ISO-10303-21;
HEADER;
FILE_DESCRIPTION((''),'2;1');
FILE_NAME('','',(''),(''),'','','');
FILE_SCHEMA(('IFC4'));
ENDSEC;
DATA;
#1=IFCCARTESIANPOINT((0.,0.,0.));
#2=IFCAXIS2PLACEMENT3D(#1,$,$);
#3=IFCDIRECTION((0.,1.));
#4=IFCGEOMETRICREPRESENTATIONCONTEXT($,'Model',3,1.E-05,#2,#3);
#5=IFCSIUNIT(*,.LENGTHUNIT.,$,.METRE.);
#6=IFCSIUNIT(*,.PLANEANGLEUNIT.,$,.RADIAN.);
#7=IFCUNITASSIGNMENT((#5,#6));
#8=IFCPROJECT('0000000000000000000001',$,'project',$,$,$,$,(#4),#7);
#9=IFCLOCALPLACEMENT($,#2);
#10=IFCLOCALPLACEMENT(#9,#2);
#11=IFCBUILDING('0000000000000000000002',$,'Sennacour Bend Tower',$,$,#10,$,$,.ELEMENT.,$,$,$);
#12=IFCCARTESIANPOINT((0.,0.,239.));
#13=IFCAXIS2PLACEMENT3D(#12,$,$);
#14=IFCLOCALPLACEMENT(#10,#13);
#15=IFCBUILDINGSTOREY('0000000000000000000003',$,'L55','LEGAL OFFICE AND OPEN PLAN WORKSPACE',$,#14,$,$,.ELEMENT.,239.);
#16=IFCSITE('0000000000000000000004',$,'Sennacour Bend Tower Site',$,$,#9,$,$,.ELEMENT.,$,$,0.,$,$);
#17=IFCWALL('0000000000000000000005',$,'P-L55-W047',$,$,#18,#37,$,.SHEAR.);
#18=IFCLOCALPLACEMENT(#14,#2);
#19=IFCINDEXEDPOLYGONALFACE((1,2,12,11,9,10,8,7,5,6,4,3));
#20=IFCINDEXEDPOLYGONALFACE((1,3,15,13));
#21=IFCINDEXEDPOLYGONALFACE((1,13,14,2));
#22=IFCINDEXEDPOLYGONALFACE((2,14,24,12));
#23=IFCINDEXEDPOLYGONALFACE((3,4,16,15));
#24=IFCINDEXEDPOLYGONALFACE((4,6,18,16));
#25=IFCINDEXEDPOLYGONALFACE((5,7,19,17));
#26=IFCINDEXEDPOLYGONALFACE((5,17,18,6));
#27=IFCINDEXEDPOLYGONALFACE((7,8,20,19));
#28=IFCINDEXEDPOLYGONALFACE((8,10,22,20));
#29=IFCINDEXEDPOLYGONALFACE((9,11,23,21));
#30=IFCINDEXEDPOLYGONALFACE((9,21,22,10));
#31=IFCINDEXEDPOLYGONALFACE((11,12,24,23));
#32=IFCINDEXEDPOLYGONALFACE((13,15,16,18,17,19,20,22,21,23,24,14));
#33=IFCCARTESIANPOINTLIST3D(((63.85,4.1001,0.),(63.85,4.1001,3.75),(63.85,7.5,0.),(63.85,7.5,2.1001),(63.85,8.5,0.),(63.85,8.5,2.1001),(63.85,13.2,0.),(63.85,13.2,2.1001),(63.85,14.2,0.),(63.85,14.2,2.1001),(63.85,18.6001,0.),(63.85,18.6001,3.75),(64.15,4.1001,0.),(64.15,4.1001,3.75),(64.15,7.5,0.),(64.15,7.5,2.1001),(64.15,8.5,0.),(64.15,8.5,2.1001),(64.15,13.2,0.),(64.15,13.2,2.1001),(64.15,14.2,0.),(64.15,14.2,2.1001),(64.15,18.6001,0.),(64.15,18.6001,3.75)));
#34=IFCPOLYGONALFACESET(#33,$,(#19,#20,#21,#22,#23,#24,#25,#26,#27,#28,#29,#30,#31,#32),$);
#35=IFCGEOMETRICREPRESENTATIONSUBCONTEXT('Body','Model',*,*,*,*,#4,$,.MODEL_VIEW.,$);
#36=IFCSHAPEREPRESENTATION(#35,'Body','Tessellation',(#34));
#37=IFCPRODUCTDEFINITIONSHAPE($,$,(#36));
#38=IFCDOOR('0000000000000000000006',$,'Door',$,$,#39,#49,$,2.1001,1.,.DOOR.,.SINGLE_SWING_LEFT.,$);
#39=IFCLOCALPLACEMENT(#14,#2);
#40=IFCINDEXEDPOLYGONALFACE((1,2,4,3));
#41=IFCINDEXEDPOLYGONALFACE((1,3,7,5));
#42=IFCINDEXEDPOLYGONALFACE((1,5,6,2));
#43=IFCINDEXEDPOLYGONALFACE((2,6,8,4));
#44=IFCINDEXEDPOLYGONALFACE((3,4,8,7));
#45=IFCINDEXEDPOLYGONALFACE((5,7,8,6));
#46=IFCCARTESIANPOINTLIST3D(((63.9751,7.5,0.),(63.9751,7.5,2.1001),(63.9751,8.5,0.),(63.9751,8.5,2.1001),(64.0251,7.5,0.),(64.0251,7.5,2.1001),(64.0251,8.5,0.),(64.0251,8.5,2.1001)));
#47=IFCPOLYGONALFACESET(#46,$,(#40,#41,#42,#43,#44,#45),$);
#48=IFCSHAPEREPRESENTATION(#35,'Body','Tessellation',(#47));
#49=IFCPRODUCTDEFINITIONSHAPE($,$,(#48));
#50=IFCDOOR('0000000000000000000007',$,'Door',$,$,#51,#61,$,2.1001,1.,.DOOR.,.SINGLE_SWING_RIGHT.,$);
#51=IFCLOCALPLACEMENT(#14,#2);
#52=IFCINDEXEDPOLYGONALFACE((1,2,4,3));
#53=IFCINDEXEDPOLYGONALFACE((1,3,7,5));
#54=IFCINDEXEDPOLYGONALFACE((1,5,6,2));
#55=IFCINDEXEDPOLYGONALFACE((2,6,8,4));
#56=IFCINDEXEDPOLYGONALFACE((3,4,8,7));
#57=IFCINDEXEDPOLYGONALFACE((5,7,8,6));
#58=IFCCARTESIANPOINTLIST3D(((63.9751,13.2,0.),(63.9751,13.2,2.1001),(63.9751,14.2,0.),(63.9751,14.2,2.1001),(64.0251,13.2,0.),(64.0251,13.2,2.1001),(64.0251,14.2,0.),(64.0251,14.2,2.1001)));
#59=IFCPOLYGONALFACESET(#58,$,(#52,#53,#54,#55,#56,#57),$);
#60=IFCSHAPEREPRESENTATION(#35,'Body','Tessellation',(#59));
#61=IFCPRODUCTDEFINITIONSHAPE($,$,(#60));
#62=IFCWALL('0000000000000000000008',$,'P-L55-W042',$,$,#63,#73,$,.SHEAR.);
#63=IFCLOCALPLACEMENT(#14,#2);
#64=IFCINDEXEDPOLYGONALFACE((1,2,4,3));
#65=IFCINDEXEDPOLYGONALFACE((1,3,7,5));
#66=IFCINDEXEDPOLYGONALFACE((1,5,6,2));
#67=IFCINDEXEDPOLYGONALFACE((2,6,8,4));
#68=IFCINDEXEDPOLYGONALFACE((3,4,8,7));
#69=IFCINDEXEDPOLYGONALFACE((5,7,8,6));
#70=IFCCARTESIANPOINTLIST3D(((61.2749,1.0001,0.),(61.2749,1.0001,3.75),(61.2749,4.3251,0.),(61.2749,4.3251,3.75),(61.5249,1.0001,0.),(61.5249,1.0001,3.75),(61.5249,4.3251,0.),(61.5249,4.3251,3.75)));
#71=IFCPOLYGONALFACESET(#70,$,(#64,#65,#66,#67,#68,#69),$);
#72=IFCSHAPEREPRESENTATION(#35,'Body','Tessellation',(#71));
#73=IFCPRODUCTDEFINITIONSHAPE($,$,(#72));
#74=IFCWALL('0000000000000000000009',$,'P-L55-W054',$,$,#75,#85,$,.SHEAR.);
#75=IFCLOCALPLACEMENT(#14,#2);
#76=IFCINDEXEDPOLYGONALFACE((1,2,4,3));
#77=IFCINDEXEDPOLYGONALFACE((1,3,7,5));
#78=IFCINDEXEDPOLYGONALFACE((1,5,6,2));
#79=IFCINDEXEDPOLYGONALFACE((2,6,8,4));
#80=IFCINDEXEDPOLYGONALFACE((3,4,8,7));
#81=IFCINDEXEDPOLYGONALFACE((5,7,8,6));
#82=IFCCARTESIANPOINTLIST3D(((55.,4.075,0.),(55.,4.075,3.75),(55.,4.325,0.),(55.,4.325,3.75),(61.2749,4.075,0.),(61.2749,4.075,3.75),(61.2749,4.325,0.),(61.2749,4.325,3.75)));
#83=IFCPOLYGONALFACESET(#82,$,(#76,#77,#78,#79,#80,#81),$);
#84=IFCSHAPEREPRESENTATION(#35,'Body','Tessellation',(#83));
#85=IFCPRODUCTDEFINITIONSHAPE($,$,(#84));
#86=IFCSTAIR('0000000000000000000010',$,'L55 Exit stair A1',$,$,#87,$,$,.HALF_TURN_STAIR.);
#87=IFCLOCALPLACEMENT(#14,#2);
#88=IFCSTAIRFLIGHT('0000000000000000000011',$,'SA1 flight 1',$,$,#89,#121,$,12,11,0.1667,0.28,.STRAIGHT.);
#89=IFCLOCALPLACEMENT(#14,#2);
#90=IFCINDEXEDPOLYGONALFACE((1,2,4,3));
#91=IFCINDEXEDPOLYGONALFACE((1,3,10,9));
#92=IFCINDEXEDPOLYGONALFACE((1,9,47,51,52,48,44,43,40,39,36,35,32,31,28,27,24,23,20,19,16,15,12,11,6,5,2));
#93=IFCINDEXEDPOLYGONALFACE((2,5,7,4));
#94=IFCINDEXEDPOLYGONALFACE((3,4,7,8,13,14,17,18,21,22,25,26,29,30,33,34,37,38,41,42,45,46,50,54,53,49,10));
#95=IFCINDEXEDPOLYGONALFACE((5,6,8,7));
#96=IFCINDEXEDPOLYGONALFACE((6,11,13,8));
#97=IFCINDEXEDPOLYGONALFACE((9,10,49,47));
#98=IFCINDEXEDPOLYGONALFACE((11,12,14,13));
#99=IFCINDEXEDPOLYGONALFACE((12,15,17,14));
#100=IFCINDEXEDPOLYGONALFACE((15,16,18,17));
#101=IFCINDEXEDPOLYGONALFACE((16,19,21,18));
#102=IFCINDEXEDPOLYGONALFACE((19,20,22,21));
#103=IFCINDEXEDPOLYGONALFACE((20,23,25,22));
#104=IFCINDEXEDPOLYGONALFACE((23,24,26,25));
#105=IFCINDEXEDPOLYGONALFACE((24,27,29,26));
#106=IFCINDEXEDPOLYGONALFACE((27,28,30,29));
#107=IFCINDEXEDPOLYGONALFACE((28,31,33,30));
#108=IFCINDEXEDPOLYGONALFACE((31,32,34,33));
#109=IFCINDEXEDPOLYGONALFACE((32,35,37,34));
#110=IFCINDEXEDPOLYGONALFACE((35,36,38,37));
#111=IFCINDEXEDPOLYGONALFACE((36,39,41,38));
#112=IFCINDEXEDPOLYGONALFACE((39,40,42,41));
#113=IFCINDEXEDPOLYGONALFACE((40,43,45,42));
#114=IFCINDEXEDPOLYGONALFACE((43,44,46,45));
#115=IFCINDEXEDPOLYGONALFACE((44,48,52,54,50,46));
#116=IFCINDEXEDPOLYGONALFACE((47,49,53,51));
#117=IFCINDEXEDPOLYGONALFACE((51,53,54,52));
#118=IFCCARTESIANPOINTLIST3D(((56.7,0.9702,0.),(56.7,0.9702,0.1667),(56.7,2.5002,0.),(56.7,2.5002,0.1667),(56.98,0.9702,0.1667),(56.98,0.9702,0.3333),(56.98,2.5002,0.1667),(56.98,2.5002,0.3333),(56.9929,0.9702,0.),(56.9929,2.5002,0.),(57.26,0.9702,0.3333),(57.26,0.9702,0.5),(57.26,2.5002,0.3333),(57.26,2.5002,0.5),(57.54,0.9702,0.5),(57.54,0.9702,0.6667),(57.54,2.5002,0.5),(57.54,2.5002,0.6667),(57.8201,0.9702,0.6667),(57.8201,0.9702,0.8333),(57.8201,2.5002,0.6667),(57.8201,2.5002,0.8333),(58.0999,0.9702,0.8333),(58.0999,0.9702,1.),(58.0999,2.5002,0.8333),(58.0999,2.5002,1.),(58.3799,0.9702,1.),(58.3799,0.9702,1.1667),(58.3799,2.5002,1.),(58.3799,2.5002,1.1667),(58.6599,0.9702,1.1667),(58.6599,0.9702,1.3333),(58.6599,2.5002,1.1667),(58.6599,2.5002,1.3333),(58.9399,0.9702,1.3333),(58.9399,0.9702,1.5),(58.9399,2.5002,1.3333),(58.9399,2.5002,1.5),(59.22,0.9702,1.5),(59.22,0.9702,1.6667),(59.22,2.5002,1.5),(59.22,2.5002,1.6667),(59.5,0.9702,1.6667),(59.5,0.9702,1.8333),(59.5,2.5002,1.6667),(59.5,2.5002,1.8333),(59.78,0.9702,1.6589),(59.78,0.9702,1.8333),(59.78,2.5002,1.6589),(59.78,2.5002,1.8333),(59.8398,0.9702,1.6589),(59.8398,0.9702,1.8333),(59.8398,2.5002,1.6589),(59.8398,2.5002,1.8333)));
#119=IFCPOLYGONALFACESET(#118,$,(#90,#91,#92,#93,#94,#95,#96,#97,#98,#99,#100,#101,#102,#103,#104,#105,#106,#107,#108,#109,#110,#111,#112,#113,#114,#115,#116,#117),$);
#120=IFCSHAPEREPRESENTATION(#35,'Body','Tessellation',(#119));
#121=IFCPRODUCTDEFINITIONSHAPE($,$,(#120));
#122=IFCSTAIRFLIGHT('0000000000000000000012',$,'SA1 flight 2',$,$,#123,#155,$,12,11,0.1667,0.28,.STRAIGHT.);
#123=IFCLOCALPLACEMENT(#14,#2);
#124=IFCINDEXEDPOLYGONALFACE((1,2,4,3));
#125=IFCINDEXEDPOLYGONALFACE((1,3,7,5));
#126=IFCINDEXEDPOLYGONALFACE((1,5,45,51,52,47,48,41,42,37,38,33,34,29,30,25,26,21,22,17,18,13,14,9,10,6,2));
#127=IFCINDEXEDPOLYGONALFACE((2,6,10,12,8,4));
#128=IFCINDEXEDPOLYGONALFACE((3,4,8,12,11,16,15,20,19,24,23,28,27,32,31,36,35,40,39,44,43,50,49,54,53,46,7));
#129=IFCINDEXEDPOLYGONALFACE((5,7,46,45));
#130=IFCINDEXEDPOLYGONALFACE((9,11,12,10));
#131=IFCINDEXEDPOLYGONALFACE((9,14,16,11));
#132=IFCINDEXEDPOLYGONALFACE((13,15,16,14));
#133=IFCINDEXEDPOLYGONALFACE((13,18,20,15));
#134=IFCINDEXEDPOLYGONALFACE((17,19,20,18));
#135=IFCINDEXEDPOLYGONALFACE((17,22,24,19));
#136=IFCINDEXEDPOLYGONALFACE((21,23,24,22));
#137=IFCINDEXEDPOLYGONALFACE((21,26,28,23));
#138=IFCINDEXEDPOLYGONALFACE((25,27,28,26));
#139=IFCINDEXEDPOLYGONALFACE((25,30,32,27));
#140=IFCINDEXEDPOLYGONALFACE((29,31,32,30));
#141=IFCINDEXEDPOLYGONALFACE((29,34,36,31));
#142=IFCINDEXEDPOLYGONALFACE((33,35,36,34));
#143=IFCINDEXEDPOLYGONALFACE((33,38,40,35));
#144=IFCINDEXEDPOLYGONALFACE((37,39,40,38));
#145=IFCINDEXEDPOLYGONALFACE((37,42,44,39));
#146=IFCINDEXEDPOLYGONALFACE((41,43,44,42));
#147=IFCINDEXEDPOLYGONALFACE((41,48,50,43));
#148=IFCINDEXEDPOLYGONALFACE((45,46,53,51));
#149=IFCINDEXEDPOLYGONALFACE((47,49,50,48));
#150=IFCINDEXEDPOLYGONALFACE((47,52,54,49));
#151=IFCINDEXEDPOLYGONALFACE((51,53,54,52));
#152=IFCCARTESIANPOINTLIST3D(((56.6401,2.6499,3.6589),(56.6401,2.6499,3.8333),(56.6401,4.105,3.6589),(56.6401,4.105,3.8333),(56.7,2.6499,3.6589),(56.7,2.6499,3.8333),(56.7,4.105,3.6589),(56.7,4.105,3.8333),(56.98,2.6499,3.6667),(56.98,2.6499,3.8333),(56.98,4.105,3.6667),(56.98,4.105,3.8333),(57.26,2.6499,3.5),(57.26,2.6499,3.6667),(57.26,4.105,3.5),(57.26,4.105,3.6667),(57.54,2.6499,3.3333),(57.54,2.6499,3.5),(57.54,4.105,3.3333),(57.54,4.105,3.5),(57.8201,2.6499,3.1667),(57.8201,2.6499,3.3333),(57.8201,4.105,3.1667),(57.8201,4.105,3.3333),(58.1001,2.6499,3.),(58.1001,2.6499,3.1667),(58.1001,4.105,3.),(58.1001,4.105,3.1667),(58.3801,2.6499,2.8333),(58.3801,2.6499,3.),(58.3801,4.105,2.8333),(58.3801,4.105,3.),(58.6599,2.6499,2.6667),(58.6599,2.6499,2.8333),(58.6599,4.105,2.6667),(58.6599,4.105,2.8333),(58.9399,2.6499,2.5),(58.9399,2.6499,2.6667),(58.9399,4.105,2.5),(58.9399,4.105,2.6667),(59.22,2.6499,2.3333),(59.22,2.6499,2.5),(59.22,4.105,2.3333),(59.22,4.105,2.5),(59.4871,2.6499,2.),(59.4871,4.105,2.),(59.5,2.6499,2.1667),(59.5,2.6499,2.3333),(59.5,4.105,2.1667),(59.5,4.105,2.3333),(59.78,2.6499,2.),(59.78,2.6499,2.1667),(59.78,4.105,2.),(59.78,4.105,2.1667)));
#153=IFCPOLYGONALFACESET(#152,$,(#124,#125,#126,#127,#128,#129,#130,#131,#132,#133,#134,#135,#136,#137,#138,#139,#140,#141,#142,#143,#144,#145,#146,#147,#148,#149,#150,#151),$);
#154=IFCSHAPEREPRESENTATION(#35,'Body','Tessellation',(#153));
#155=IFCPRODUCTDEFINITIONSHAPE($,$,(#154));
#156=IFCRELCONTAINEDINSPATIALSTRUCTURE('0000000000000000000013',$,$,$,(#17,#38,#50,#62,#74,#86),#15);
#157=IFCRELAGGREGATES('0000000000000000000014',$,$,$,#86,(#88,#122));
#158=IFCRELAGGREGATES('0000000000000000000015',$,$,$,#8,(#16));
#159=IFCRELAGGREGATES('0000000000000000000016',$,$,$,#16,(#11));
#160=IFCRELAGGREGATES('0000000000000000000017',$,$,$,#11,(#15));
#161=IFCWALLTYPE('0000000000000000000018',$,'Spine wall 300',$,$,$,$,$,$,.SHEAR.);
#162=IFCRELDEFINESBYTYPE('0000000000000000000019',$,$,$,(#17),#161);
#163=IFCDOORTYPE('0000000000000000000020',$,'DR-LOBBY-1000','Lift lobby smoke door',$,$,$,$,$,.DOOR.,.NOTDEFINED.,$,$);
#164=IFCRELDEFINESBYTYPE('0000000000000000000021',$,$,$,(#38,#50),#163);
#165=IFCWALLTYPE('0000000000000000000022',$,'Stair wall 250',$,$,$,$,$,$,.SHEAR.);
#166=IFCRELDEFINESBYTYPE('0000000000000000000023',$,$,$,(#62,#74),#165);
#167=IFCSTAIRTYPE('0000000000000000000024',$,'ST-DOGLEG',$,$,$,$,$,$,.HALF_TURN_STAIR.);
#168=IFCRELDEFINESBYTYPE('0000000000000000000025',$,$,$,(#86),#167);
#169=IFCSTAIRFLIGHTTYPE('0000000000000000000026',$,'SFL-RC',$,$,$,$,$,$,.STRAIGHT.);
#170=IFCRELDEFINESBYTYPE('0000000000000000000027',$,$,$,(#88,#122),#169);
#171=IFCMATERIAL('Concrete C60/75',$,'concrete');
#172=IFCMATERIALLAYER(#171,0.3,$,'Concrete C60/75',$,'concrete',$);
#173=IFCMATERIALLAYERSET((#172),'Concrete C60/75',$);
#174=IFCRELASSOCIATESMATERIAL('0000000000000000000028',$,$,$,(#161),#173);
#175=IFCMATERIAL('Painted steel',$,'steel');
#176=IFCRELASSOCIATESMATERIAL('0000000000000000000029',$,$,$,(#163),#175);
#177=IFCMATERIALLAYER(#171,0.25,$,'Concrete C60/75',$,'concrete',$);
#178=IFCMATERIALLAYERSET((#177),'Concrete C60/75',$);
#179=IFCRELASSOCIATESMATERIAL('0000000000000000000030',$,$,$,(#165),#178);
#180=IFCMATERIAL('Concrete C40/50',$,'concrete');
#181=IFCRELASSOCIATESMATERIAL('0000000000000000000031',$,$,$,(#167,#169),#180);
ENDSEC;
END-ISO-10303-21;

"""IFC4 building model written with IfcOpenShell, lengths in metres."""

from ifc_helpers import new_model, si_unit, direction, frame, frame_2d, origin, place, context, subcontext, project, spatial, polyline, rectangle, outline, extrude, material, layer, layer_set, type_object, element, fill, aggregate, save


model = new_model("IFC4")

# Units and contexts
model_context = context("Model", 3, precision=1e-05, world=origin(), true_north=direction((0.0, 1.0)))
body_context = subcontext(model_context, "Body", "Model", "MODEL_VIEW")
ifc_project = project(units=[si_unit("LENGTHUNIT", "METRE"), si_unit("PLANEANGLEUNIT", "RADIAN")], contexts=[model_context])

# Site, building, storey
site_placement = place(None, origin())
site = spatial("IfcSite", under=ifc_project, at=site_placement, Name="Sennacour Bend Tower Site", CompositionType="ELEMENT", RefElevation=0.0)
building_placement = place(site_placement, origin())
building = spatial("IfcBuilding", under=site, at=building_placement, Name="Sennacour Bend Tower", CompositionType="ELEMENT")
storey_placement = place(building_placement, frame((0.0, 0.0, 239.0)))
storey = spatial("IfcBuildingStorey", under=building, at=storey_placement, Name="L55", Description="LEGAL OFFICE AND OPEN PLAN WORKSPACE", CompositionType="ELEMENT", Elevation=239.0)

# Shared definitions
ifc_material_1 = material(Name="Concrete C60/75", Category="concrete")

# Shared definitions
ifc_material_2 = material(Name="Painted steel", Category="steel")

# Wall, openings, doors
ifc_layer_1 = layer(ifc_material_1, 0.3, Name="Concrete C60/75", Category="concrete")
ifc_layer_set_1 = layer_set([ifc_layer_1], Name="Concrete C60/75")
wall_type_1 = type_object("IfcWallType", Name="Spine wall 300", PredefinedType="SHEAR", material=ifc_layer_set_1)
wall_1_placement = place(storey_placement, frame((64.0, 4.1001, 0.0), z_axis=(0.0, 0.0, 1.0), x_axis=(0.0, 1.0, 0.0)))
wall_1 = element("IfcWall", 1, at=wall_1_placement, inside=storey, type_object=wall_type_1, Name="P-L55-W047", PredefinedType="SHEAR", context=body_context, shape_type="SweptSolid", body=[
    extrude(rectangle(XDim=14.5, YDim=0.3, at=frame_2d((7.25, 0.0))), origin(), (0.0, 0.0, 1.0), 3.75),
])
opening_1_placement = place(wall_1_placement, frame((3.3999, 0.0, 0.0)))
opening_1 = element("IfcOpeningElement", 2, at=opening_1_placement, cuts=wall_1, PredefinedType="OPENING", context=body_context, shape_type="SweptSolid", body=[
    extrude(rectangle(XDim=1.0, YDim=2.1001, at=frame_2d((0.5, 1.05))), frame((0.0, 0.1602, 0.0), z_axis=(0.0, -1.0, 0.0), x_axis=(1.0, 0.0, 0.0)), (0.0, 0.0, 1.0), 0.3201),
])
opening_2_placement = place(wall_1_placement, frame((9.0999, 0.0, 0.0)))
opening_2 = element("IfcOpeningElement", 3, at=opening_2_placement, cuts=wall_1, PredefinedType="OPENING", context=body_context, shape_type="SweptSolid", body=[
    extrude(rectangle(XDim=1.0, YDim=2.1001, at=frame_2d((0.5, 1.05))), frame((0.0, 0.1602, 0.0), z_axis=(0.0, -1.0, 0.0), x_axis=(1.0, 0.0, 0.0)), (0.0, 0.0, 1.0), 0.3201),
])
door_type_1 = type_object("IfcDoorType", Name="DR-LOBBY-1000", Description="Lift lobby smoke door", OperationType="NOTDEFINED", PredefinedType="DOOR", material=ifc_material_2)
door_1_placement = place(opening_1_placement, origin())
door_1 = element("IfcDoor", 4, at=door_1_placement, inside=storey, type_object=door_type_1, Name="Door", OperationType="SINGLE_SWING_LEFT", OverallHeight=2.1001, OverallWidth=1.0, PredefinedType="DOOR", context=body_context, shape_type="SweptSolid", body=[
    extrude(rectangle(XDim=1.0, YDim=2.1001, at=frame_2d((0.5, 1.05))), frame((0.0, 0.0249, 0.0), z_axis=(0.0, -1.0, 0.0), x_axis=(1.0, 0.0, 0.0)), (0.0, 0.0, 1.0), 0.05),
])
fill(opening_1, door_1)
door_2_placement = place(opening_2_placement, origin())
door_2 = element("IfcDoor", 5, at=door_2_placement, inside=storey, type_object=door_type_1, Name="Door", OperationType="SINGLE_SWING_RIGHT", OverallHeight=2.1001, OverallWidth=1.0, PredefinedType="DOOR", context=body_context, shape_type="SweptSolid", body=[
    extrude(rectangle(XDim=1.0, YDim=2.1001, at=frame_2d((0.5, 1.05))), frame((0.0, 0.0249, 0.0), z_axis=(0.0, -1.0, 0.0), x_axis=(1.0, 0.0, 0.0)), (0.0, 0.0, 1.0), 0.05),
])
fill(opening_2, door_2)

# Walls
ifc_layer_2 = layer(ifc_material_1, 0.25, Name="Concrete C60/75", Category="concrete")
ifc_layer_set_2 = layer_set([ifc_layer_2], Name="Concrete C60/75")
wall_type_2 = type_object("IfcWallType", Name="Stair wall 250", PredefinedType="SHEAR", material=ifc_layer_set_2)
wall_2_placement = place(storey_placement, frame((61.3999, 1.0, 0.0), z_axis=(0.0, 0.0, 1.0), x_axis=(0.0, 1.0, 0.0)))
element("IfcWall", 6, at=wall_2_placement, inside=storey, type_object=wall_type_2, Name="P-L55-W042", PredefinedType="SHEAR", context=body_context, shape_type="SweptSolid", body=[
    extrude(rectangle(XDim=3.325, YDim=0.25, at=frame_2d((1.6626, 0.0))), origin(), (0.0, 0.0, 1.0), 3.75),
])
wall_3_placement = place(storey_placement, frame((55.0, 4.2, 0.0), z_axis=(0.0, 0.0, 1.0), x_axis=(1.0, 0.0, 0.0)))
element("IfcWall", 7, at=wall_3_placement, inside=storey, type_object=wall_type_2, Name="P-L55-W054", PredefinedType="SHEAR", context=body_context, shape_type="SweptSolid", body=[
    extrude(rectangle(XDim=6.2749, YDim=0.25, at=frame_2d((3.1375, 0.0))), origin(), (0.0, 0.0, 1.0), 3.75),
])

# Stair, stair flights
ifc_material_3 = material(Name="Concrete C40/50", Category="concrete")
stair_type = type_object("IfcStairType", Name="ST-DOGLEG", PredefinedType="HALF_TURN_STAIR", material=ifc_material_3)
stair_placement = place(storey_placement, origin())
stair = element("IfcStair", 8, at=stair_placement, inside=storey, type_object=stair_type, Name="L55 Exit stair A1", PredefinedType="HALF_TURN_STAIR")
stair_flight_type = type_object("IfcStairFlightType", Name="SFL-RC", PredefinedType="STRAIGHT", material=ifc_material_3)
stair_flight_1_placement = place(storey_placement, frame((56.7, 1.7351, 0.0), z_axis=(0.0, 0.0, 1.0), x_axis=(1.0, 0.0, 0.0)))
stair_flight_1 = element("IfcStairFlight", 9, at=stair_flight_1_placement, type_object=stair_flight_type, Name="SA1 flight 1", NumberOfRisers=12, NumberOfTreads=11, PredefinedType="STRAIGHT", RiserHeight=0.1667, TreadLength=0.28, context=body_context, shape_type="SweptSolid", body=[
    extrude(outline(polyline([(0.0, 0.0), (0.0, 0.1667), (0.28, 0.1667), (0.28, 0.3333), (0.5601, 0.3333), (0.5601, 0.5), (0.8401, 0.5), (0.8401, 0.6667), (1.1201, 0.6667), (1.1201, 0.8333), (1.3999, 0.8333), (1.3999, 1.0), (1.6799, 1.0), (1.6799, 1.1667), (1.96, 1.1667), (1.96, 1.3333), (2.24, 1.3333), (2.24, 1.5), (2.52, 1.5), (2.52, 1.6667), (2.8, 1.6667), (2.8, 1.8333), (3.0801, 1.8333), (3.1399, 1.8333), (3.1399, 1.6589), (3.0801, 1.6589), (0.293, 0.0), (0.0, 0.0)])), frame((0.0, 0.7651, 0.0), z_axis=(0.0, -1.0, 0.0), x_axis=(1.0, 0.0, 0.0)), (0.0, 0.0, 1.0), 1.53),
])
stair_flight_2_placement = place(storey_placement, frame((59.78, 3.3774, 2.0), z_axis=(0.0, 0.0, 1.0), x_axis=(-1.0, 0.0, 0.0)))
stair_flight_2 = element("IfcStairFlight", 10, at=stair_flight_2_placement, type_object=stair_flight_type, Name="SA1 flight 2", NumberOfRisers=12, NumberOfTreads=11, PredefinedType="STRAIGHT", RiserHeight=0.1667, TreadLength=0.28, context=body_context, shape_type="SweptSolid", body=[
    extrude(outline(polyline([(0.0, 0.0), (0.0, 0.1667), (0.28, 0.1667), (0.28, 0.3333), (0.5601, 0.3333), (0.5601, 0.5), (0.8401, 0.5), (0.8401, 0.6667), (1.1201, 0.6667), (1.1201, 0.8333), (1.3999, 0.8333), (1.3999, 1.0), (1.6799, 1.0), (1.6799, 1.1667), (1.96, 1.1667), (1.96, 1.3333), (2.24, 1.3333), (2.24, 1.5), (2.52, 1.5), (2.52, 1.6667), (2.8, 1.6667), (2.8, 1.8333), (3.0801, 1.8333), (3.1399, 1.8333), (3.1399, 1.6589), (3.0801, 1.6589), (0.293, 0.0), (0.0, 0.0)])), frame((0.0, 0.7275, 0.0), z_axis=(0.0, -1.0, 0.0), x_axis=(1.0, 0.0, 0.0)), (0.0, 0.0, 1.0), 1.4551),
])
aggregate(stair, [stair_flight_1, stair_flight_2])

save(model, "model.ifc")
